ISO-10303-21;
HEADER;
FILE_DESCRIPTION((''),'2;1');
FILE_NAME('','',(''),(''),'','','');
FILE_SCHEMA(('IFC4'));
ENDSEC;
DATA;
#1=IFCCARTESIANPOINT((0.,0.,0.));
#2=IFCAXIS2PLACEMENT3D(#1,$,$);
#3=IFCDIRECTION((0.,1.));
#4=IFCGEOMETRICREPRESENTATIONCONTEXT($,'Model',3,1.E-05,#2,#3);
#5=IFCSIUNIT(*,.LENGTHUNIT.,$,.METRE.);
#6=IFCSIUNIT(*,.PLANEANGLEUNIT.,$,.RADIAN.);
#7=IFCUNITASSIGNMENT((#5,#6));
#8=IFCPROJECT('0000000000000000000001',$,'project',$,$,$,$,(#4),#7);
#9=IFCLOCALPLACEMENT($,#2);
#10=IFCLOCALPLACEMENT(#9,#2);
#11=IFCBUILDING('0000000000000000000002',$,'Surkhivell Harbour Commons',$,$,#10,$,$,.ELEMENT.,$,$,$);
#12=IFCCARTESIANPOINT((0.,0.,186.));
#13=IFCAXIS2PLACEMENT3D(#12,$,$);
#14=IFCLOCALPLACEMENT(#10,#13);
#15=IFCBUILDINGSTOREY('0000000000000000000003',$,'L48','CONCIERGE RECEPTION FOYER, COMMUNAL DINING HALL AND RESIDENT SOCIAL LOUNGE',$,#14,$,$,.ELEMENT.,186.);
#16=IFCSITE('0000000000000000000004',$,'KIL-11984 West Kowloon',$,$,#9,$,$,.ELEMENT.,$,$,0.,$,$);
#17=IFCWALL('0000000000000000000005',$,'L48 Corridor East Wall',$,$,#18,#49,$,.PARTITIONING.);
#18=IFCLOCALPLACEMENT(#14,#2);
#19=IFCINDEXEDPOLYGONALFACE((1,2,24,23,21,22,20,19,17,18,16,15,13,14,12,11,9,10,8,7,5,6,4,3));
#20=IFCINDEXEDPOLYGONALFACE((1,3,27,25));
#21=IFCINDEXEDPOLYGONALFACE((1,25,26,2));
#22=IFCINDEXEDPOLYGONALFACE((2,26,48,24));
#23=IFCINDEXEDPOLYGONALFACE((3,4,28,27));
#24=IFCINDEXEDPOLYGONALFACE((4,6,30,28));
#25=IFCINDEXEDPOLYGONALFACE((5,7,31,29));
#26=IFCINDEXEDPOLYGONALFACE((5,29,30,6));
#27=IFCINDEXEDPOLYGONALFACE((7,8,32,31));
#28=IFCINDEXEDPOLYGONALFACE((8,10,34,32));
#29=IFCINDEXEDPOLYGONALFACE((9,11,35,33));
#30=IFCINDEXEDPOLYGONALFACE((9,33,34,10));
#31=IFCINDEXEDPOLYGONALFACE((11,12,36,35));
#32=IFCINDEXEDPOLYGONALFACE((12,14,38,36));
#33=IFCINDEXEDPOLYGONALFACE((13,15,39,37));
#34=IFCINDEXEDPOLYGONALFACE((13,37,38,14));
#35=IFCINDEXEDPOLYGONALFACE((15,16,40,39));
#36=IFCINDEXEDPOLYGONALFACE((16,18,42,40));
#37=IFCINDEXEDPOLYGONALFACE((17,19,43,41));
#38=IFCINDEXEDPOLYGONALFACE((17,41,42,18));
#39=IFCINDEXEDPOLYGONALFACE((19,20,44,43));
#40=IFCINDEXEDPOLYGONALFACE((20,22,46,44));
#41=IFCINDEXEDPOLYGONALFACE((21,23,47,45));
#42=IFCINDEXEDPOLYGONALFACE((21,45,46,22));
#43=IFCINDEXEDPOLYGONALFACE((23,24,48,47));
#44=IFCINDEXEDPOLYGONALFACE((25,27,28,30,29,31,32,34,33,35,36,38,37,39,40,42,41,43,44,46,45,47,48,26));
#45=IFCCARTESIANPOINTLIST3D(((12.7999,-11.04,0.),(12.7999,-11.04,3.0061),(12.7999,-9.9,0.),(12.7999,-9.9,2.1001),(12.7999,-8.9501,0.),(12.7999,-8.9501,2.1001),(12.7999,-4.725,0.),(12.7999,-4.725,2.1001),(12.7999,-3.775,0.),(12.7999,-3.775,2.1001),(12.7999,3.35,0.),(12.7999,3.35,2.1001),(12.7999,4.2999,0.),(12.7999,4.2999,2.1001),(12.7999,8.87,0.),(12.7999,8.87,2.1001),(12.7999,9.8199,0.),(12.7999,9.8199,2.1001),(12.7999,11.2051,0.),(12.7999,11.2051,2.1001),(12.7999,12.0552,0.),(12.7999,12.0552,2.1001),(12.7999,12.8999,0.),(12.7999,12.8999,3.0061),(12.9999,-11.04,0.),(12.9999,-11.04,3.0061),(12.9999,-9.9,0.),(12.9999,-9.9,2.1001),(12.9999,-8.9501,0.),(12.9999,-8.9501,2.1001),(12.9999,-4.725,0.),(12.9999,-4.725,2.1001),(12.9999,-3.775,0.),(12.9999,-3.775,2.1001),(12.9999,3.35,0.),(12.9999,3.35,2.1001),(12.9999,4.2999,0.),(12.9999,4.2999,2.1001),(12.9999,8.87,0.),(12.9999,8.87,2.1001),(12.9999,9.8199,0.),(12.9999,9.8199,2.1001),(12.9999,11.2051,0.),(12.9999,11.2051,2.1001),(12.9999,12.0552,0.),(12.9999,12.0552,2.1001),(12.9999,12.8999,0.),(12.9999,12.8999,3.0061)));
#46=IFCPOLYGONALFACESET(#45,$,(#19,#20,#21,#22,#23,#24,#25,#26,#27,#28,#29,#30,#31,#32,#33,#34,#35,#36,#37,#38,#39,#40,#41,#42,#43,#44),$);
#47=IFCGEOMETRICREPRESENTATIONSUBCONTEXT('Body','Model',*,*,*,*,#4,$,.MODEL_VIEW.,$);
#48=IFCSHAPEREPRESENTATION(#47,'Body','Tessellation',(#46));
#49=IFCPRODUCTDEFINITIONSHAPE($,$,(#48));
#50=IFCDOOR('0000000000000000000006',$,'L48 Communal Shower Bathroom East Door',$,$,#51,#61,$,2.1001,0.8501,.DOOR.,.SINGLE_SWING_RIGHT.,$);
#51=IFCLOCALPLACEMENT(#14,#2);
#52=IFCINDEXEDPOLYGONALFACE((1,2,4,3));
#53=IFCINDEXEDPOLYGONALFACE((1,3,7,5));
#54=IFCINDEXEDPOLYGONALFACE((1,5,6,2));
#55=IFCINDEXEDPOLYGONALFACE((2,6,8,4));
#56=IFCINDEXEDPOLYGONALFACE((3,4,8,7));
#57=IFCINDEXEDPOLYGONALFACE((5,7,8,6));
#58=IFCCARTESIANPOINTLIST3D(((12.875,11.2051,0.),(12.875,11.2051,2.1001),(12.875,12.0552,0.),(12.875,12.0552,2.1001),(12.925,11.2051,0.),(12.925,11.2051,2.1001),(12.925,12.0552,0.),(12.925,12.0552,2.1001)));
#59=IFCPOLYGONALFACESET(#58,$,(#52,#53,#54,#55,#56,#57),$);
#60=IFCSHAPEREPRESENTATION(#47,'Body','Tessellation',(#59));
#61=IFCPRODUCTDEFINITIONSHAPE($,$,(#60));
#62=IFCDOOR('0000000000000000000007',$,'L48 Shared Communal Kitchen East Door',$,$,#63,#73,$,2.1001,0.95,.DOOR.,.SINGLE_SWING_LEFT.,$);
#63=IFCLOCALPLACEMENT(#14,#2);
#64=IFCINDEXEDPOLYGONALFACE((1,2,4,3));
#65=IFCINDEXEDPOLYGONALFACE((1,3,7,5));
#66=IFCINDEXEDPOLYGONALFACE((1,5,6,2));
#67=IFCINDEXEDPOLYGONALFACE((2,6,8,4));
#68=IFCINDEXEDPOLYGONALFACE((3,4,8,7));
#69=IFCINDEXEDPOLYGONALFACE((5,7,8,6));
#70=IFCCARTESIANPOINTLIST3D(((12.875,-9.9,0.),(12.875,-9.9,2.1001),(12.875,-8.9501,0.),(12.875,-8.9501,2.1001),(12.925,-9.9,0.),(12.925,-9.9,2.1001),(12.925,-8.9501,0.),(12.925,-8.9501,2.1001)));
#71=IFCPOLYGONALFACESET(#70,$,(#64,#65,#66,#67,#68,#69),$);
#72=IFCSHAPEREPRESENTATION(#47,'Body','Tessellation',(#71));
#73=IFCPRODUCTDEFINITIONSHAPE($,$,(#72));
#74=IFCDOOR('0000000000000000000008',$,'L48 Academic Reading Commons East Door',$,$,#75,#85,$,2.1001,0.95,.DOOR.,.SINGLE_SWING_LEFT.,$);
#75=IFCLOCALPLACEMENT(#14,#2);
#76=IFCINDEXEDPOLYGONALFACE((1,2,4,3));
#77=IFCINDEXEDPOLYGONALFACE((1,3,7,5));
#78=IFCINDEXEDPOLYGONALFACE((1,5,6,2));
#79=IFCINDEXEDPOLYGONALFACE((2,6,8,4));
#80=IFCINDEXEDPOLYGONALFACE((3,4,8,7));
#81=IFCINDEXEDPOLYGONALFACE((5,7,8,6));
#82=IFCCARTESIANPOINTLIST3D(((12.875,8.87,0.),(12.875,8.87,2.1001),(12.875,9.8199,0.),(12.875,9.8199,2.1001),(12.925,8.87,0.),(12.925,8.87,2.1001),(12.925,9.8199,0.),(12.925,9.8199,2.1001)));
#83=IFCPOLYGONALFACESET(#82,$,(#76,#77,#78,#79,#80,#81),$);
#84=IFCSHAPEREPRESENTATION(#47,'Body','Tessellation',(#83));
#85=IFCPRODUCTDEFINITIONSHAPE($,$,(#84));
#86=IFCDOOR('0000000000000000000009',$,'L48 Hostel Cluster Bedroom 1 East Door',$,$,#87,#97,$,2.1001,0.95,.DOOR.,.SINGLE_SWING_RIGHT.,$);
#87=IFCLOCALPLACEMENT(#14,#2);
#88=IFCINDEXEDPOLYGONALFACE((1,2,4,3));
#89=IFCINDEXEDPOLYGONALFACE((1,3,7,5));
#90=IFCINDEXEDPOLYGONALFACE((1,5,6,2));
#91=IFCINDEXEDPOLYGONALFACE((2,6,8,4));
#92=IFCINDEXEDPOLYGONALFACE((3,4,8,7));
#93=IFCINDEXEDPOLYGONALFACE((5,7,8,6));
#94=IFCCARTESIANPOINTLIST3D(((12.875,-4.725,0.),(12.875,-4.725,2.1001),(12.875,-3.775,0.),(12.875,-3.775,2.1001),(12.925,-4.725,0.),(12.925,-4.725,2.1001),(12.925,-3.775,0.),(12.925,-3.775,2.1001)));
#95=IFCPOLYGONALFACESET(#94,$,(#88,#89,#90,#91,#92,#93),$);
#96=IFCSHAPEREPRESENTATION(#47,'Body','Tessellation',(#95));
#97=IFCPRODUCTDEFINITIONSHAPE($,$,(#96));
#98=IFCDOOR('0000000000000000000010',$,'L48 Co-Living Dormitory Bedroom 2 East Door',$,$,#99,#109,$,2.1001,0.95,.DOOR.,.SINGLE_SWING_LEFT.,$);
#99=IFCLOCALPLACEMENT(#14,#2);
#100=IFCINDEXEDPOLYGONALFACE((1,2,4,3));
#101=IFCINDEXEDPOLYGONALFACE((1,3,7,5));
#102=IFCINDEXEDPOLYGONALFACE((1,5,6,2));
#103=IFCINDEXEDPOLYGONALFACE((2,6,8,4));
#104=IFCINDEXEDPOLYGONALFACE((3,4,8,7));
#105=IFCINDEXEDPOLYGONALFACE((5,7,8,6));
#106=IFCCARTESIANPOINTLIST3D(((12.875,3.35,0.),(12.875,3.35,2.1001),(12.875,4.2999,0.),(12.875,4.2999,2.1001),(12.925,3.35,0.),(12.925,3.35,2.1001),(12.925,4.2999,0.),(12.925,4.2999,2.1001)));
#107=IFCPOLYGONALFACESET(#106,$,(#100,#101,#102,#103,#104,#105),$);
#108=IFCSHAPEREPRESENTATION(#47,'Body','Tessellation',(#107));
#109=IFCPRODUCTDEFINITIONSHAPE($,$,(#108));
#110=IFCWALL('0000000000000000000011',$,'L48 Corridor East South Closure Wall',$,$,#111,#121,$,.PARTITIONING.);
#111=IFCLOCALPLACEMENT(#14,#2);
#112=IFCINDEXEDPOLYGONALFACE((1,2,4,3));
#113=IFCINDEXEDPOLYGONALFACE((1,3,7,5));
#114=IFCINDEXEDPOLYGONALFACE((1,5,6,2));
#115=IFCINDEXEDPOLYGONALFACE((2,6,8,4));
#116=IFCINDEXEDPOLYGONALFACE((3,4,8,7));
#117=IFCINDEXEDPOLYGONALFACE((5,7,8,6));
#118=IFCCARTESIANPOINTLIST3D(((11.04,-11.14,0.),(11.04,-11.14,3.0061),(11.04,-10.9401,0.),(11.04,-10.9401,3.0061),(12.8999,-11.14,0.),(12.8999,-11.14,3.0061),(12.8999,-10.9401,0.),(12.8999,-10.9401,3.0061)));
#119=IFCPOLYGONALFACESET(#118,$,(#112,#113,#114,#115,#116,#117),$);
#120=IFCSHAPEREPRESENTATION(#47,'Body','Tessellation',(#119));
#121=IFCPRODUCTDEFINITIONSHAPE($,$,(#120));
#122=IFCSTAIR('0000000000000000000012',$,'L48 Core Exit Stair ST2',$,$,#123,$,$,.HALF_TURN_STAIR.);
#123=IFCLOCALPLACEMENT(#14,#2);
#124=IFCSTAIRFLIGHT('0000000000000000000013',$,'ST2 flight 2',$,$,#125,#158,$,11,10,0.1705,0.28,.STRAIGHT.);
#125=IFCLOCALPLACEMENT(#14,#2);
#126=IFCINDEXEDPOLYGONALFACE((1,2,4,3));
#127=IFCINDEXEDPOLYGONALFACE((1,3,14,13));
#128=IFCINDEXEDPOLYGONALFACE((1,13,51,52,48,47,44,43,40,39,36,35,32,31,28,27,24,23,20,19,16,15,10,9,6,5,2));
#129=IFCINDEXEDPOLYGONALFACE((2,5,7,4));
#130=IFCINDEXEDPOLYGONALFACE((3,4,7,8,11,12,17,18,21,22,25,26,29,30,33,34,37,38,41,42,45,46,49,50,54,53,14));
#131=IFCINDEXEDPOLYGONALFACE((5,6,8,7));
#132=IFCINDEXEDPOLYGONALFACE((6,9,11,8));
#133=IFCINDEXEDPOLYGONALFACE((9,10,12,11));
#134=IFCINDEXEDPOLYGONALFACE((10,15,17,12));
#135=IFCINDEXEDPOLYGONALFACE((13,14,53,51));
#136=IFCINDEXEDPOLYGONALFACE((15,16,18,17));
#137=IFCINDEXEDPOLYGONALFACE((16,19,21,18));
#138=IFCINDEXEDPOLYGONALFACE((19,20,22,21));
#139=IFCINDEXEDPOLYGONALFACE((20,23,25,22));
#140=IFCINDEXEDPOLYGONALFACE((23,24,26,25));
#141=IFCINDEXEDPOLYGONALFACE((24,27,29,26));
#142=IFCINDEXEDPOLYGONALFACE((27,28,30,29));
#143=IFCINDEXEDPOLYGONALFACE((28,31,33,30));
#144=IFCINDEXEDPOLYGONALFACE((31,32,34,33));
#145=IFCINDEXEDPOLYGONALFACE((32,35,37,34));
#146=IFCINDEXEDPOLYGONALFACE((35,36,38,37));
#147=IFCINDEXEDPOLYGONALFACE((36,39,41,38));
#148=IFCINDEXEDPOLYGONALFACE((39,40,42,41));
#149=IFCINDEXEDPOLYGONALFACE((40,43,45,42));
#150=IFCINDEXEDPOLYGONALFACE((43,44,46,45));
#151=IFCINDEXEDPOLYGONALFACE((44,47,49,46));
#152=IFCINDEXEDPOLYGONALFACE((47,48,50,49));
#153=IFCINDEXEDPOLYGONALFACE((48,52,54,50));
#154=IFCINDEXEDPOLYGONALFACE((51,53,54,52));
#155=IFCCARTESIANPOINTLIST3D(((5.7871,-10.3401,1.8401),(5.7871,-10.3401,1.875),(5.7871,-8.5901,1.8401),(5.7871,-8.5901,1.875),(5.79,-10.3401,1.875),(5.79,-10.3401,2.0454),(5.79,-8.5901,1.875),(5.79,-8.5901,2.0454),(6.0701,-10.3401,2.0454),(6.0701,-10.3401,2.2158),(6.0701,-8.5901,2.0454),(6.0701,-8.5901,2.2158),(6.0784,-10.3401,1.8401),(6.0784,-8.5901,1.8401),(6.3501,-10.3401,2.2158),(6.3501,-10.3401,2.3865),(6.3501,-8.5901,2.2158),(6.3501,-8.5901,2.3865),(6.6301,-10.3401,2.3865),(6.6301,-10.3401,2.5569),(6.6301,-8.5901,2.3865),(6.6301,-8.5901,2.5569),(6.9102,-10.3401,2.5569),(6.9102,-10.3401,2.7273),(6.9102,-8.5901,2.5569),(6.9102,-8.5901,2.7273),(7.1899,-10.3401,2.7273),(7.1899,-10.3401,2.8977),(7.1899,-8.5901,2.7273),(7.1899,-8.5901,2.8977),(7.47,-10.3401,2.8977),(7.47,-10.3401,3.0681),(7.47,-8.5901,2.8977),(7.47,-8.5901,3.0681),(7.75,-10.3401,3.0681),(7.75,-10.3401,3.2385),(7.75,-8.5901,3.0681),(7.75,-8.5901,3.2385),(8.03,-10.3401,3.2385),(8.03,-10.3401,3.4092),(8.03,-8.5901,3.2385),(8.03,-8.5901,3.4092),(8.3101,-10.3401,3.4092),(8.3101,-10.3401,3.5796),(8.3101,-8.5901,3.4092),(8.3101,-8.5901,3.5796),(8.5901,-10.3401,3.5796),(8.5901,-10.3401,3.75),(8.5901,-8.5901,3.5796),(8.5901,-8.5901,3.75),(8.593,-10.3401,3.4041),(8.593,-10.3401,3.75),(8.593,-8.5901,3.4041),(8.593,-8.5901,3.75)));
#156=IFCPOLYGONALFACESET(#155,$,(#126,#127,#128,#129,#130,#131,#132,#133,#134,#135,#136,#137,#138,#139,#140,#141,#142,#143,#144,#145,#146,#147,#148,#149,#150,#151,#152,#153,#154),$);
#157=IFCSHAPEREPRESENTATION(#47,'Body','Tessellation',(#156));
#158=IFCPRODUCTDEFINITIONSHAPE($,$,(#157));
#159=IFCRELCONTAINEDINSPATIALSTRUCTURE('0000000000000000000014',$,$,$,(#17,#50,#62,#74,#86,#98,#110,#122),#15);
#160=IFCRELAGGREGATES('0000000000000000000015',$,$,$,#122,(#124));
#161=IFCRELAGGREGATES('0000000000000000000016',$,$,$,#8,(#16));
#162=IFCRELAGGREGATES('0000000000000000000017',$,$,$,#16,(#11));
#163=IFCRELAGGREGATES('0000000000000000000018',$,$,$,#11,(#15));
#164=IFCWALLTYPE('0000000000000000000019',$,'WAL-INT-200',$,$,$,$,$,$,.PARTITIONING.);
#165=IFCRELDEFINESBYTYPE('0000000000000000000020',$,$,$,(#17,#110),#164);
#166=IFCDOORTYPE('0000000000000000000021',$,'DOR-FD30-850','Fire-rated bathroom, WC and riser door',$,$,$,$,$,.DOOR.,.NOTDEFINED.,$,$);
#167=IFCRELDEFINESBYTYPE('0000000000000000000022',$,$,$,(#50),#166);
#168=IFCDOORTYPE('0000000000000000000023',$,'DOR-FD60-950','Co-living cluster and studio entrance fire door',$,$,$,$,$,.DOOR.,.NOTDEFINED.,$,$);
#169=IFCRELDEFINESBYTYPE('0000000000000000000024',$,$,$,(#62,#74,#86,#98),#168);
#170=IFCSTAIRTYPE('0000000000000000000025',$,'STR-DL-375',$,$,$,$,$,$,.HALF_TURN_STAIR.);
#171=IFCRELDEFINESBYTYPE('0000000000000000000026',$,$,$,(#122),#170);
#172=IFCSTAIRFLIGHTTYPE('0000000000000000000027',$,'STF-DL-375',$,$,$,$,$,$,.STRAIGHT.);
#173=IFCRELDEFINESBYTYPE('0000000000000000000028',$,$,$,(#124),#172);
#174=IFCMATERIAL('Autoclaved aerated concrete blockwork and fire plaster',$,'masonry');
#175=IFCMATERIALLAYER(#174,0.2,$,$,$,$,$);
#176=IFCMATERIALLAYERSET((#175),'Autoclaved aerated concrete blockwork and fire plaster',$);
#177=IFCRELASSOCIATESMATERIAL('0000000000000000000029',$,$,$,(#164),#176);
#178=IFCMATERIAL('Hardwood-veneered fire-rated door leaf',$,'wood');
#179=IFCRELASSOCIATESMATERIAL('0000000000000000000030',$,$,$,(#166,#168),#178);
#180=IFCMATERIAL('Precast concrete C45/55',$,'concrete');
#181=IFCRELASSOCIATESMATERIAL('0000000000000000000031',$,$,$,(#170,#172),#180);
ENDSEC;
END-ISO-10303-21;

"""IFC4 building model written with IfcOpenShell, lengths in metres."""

from ifc_helpers import new_model, si_unit, direction, frame, frame_2d, origin, place, context, subcontext, project, spatial, polyline, rectangle, outline, extrude, material, layer, layer_set, type_object, element, fill, aggregate, save


model = new_model("IFC4")

# Units and contexts
model_context = context("Model", 3, precision=1e-05, world=origin(), true_north=direction((0.0, 1.0)))
body_context = subcontext(model_context, "Body", "Model", "MODEL_VIEW")
ifc_project = project(units=[si_unit("LENGTHUNIT", "METRE"), si_unit("PLANEANGLEUNIT", "RADIAN")], contexts=[model_context])

# Site, building, storey
site_placement = place(None, origin())
site = spatial("IfcSite", under=ifc_project, at=site_placement, Name="KIL-11984 West Kowloon", CompositionType="ELEMENT", RefElevation=0.0)
building_placement = place(site_placement, origin())
building = spatial("IfcBuilding", under=site, at=building_placement, Name="Surkhivell Harbour Commons", CompositionType="ELEMENT")
storey_placement = place(building_placement, frame((0.0, 0.0, 186.0)))
storey = spatial("IfcBuildingStorey", under=building, at=storey_placement, Name="L48", Description="CONCIERGE RECEPTION FOYER, COMMUNAL DINING HALL AND RESIDENT SOCIAL LOUNGE", CompositionType="ELEMENT", Elevation=186.0)

# Wall, openings, doors
ifc_material_1 = material(Name="Autoclaved aerated concrete blockwork and fire plaster", Category="masonry")
ifc_layer_1 = layer(ifc_material_1, 0.2)
ifc_layer_set_1 = layer_set([ifc_layer_1], Name="Autoclaved aerated concrete blockwork and fire plaster")
wall_type_1 = type_object("IfcWallType", Name="WAL-INT-200", PredefinedType="PARTITIONING", material=ifc_layer_set_1)
wall_1_placement = place(storey_placement, frame((12.8999, -11.04, 0.0), z_axis=(0.0, 0.0, 1.0), x_axis=(0.0, 1.0, 0.0)))
wall_1 = element("IfcWall", 1, at=wall_1_placement, inside=storey, type_object=wall_type_1, Name="L48 Corridor East Wall", PredefinedType="PARTITIONING", context=body_context, shape_type="SweptSolid", body=[
    extrude(rectangle(XDim=23.9399, YDim=0.2, at=frame_2d((11.97, 0.0))), origin(), (0.0, 0.0, 1.0), 3.0061),
])
opening_1_placement = place(wall_1_placement, frame((1.1399, 0.0, 0.0)))
opening_1 = element("IfcOpeningElement", 2, at=opening_1_placement, cuts=wall_1, PredefinedType="OPENING", context=body_context, shape_type="SweptSolid", body=[
    extrude(rectangle(XDim=0.95, YDim=2.1001, at=frame_2d((0.4751, 1.05))), frame((0.0, 0.1099, 0.0), z_axis=(0.0, -1.0, 0.0), x_axis=(1.0, 0.0, 0.0)), (0.0, 0.0, 1.0), 0.22),
])
opening_2_placement = place(wall_1_placement, frame((22.2451, 0.0, 0.0)))
opening_2 = element("IfcOpeningElement", 3, at=opening_2_placement, cuts=wall_1, PredefinedType="OPENING", context=body_context, shape_type="SweptSolid", body=[
    extrude(rectangle(XDim=0.8501, YDim=2.1001, at=frame_2d((0.425, 1.05))), frame((0.0, 0.1099, 0.0), z_axis=(0.0, -1.0, 0.0), x_axis=(1.0, 0.0, 0.0)), (0.0, 0.0, 1.0), 0.22),
])
opening_3_placement = place(wall_1_placement, frame((19.9099, 0.0, 0.0)))
opening_3 = element("IfcOpeningElement", 4, at=opening_3_placement, cuts=wall_1, PredefinedType="OPENING", context=body_context, shape_type="SweptSolid", body=[
    extrude(rectangle(XDim=0.95, YDim=2.1001, at=frame_2d((0.4751, 1.05))), frame((0.0, 0.1099, 0.0), z_axis=(0.0, -1.0, 0.0), x_axis=(1.0, 0.0, 0.0)), (0.0, 0.0, 1.0), 0.22),
])
opening_4_placement = place(wall_1_placement, frame((6.3149, 0.0, 0.0)))
opening_4 = element("IfcOpeningElement", 5, at=opening_4_placement, cuts=wall_1, PredefinedType="OPENING", context=body_context, shape_type="SweptSolid", body=[
    extrude(rectangle(XDim=0.95, YDim=2.1001, at=frame_2d((0.4751, 1.05))), frame((0.0, 0.1099, 0.0), z_axis=(0.0, -1.0, 0.0), x_axis=(1.0, 0.0, 0.0)), (0.0, 0.0, 1.0), 0.22),
])
opening_5_placement = place(wall_1_placement, frame((14.3899, 0.0, 0.0)))
opening_5 = element("IfcOpeningElement", 6, at=opening_5_placement, cuts=wall_1, PredefinedType="OPENING", context=body_context, shape_type="SweptSolid", body=[
    extrude(rectangle(XDim=0.95, YDim=2.1001, at=frame_2d((0.4751, 1.05))), frame((0.0, 0.1099, 0.0), z_axis=(0.0, -1.0, 0.0), x_axis=(1.0, 0.0, 0.0)), (0.0, 0.0, 1.0), 0.22),
])
ifc_material_2 = material(Name="Hardwood-veneered fire-rated door leaf", Category="wood")
door_type_1 = type_object("IfcDoorType", Name="DOR-FD30-850", Description="Fire-rated bathroom, WC and riser door", OperationType="NOTDEFINED", PredefinedType="DOOR", material=ifc_material_2)
door_1_placement = place(opening_2_placement, origin())
door_1 = element("IfcDoor", 7, at=door_1_placement, inside=storey, type_object=door_type_1, Name="L48 Communal Shower Bathroom East Door", OperationType="SINGLE_SWING_RIGHT", OverallHeight=2.1001, OverallWidth=0.8501, PredefinedType="DOOR", context=body_context, shape_type="SweptSolid", body=[
    extrude(rectangle(XDim=0.8501, YDim=2.1001, at=frame_2d((0.425, 1.05))), frame((0.0, 0.0249, 0.0), z_axis=(0.0, -1.0, 0.0), x_axis=(1.0, 0.0, 0.0)), (0.0, 0.0, 1.0), 0.05),
])
fill(opening_2, door_1)
door_type_2 = type_object("IfcDoorType", Name="DOR-FD60-950", Description="Co-living cluster and studio entrance fire door", OperationType="NOTDEFINED", PredefinedType="DOOR", material=ifc_material_2)
door_2_placement = place(opening_1_placement, origin())
door_2 = element("IfcDoor", 8, at=door_2_placement, inside=storey, type_object=door_type_2, Name="L48 Shared Communal Kitchen East Door", OperationType="SINGLE_SWING_LEFT", OverallHeight=2.1001, OverallWidth=0.95, PredefinedType="DOOR", context=body_context, shape_type="SweptSolid", body=[
    extrude(rectangle(XDim=0.95, YDim=2.1001, at=frame_2d((0.4751, 1.05))), frame((0.0, 0.0249, 0.0), z_axis=(0.0, -1.0, 0.0), x_axis=(1.0, 0.0, 0.0)), (0.0, 0.0, 1.0), 0.05),
])
fill(opening_1, door_2)
door_3_placement = place(opening_3_placement, origin())
door_3 = element("IfcDoor", 9, at=door_3_placement, inside=storey, type_object=door_type_2, Name="L48 Academic Reading Commons East Door", OperationType="SINGLE_SWING_LEFT", OverallHeight=2.1001, OverallWidth=0.95, PredefinedType="DOOR", context=body_context, shape_type="SweptSolid", body=[
    extrude(rectangle(XDim=0.95, YDim=2.1001, at=frame_2d((0.4751, 1.05))), frame((0.0, 0.0249, 0.0), z_axis=(0.0, -1.0, 0.0), x_axis=(1.0, 0.0, 0.0)), (0.0, 0.0, 1.0), 0.05),
])
fill(opening_3, door_3)
door_4_placement = place(opening_4_placement, origin())
door_4 = element("IfcDoor", 10, at=door_4_placement, inside=storey, type_object=door_type_2, Name="L48 Hostel Cluster Bedroom 1 East Door", OperationType="SINGLE_SWING_RIGHT", OverallHeight=2.1001, OverallWidth=0.95, PredefinedType="DOOR", context=body_context, shape_type="SweptSolid", body=[
    extrude(rectangle(XDim=0.95, YDim=2.1001, at=frame_2d((0.4751, 1.05))), frame((0.0, 0.0249, 0.0), z_axis=(0.0, -1.0, 0.0), x_axis=(1.0, 0.0, 0.0)), (0.0, 0.0, 1.0), 0.05),
])
fill(opening_4, door_4)
door_5_placement = place(opening_5_placement, origin())
door_5 = element("IfcDoor", 11, at=door_5_placement, inside=storey, type_object=door_type_2, Name="L48 Co-Living Dormitory Bedroom 2 East Door", OperationType="SINGLE_SWING_LEFT", OverallHeight=2.1001, OverallWidth=0.95, PredefinedType="DOOR", context=body_context, shape_type="SweptSolid", body=[
    extrude(rectangle(XDim=0.95, YDim=2.1001, at=frame_2d((0.4751, 1.05))), frame((0.0, 0.0249, 0.0), z_axis=(0.0, -1.0, 0.0), x_axis=(1.0, 0.0, 0.0)), (0.0, 0.0, 1.0), 0.05),
])
fill(opening_5, door_5)

# Wall
wall_2_placement = place(storey_placement, frame((11.04, -11.04, 0.0), z_axis=(0.0, 0.0, 1.0), x_axis=(1.0, 0.0, 0.0)))
element("IfcWall", 12, at=wall_2_placement, inside=storey, type_object=wall_type_1, Name="L48 Corridor East South Closure Wall", PredefinedType="PARTITIONING", context=body_context, shape_type="SweptSolid", body=[
    extrude(rectangle(XDim=1.8599, YDim=0.2, at=frame_2d((0.9299, 0.0))), origin(), (0.0, 0.0, 1.0), 3.0061),
])

# Stair, stair flight
ifc_material_3 = material(Name="Precast concrete C45/55", Category="concrete")
stair_type = type_object("IfcStairType", Name="STR-DL-375", PredefinedType="HALF_TURN_STAIR", material=ifc_material_3)
stair_placement = place(storey_placement, origin())
stair = element("IfcStair", 13, at=stair_placement, inside=storey, type_object=stair_type, Name="L48 Core Exit Stair ST2", PredefinedType="HALF_TURN_STAIR")
stair_flight_type = type_object("IfcStairFlightType", Name="STF-DL-375", PredefinedType="STRAIGHT", material=ifc_material_3)
stair_flight_placement = place(storey_placement, frame((5.79, -9.4651, 1.875), z_axis=(0.0, 0.0, 1.0), x_axis=(1.0, 0.0, 0.0)))
stair_flight = element("IfcStairFlight", 14, at=stair_flight_placement, type_object=stair_flight_type, Name="ST2 flight 2", NumberOfRisers=11, NumberOfTreads=10, PredefinedType="STRAIGHT", RiserHeight=0.1705, TreadLength=0.28, context=body_context, shape_type="SweptSolid", body=[
    extrude(outline(polyline([(-0.0029, -0.0349), (-0.0029, 0.0), (0.0, 0.0), (0.0, 0.1704), (0.28, 0.1704), (0.28, 0.3408), (0.5601, 0.3408), (0.5601, 0.5115), (0.8401, 0.5115), (0.8401, 0.6819), (1.1201, 0.6819), (1.1201, 0.8523), (1.3999, 0.8523), (1.3999, 1.0227), (1.6799, 1.0227), (1.6799, 1.1931), (1.96, 1.1931), (1.96, 1.3635), (2.24, 1.3635), (2.24, 1.5342), (2.52, 1.5342), (2.52, 1.7046), (2.8, 1.7046), (2.8, 1.875), (2.803, 1.875), (2.803, 1.5291), (0.2883, -0.0349), (-0.0029, -0.0349)])), frame((0.0, 0.875, 0.0), z_axis=(0.0, -1.0, 0.0), x_axis=(1.0, 0.0, 0.0)), (0.0, 0.0, 1.0), 1.75),
])
aggregate(stair, [stair_flight])

save(model, "model.ifc")
